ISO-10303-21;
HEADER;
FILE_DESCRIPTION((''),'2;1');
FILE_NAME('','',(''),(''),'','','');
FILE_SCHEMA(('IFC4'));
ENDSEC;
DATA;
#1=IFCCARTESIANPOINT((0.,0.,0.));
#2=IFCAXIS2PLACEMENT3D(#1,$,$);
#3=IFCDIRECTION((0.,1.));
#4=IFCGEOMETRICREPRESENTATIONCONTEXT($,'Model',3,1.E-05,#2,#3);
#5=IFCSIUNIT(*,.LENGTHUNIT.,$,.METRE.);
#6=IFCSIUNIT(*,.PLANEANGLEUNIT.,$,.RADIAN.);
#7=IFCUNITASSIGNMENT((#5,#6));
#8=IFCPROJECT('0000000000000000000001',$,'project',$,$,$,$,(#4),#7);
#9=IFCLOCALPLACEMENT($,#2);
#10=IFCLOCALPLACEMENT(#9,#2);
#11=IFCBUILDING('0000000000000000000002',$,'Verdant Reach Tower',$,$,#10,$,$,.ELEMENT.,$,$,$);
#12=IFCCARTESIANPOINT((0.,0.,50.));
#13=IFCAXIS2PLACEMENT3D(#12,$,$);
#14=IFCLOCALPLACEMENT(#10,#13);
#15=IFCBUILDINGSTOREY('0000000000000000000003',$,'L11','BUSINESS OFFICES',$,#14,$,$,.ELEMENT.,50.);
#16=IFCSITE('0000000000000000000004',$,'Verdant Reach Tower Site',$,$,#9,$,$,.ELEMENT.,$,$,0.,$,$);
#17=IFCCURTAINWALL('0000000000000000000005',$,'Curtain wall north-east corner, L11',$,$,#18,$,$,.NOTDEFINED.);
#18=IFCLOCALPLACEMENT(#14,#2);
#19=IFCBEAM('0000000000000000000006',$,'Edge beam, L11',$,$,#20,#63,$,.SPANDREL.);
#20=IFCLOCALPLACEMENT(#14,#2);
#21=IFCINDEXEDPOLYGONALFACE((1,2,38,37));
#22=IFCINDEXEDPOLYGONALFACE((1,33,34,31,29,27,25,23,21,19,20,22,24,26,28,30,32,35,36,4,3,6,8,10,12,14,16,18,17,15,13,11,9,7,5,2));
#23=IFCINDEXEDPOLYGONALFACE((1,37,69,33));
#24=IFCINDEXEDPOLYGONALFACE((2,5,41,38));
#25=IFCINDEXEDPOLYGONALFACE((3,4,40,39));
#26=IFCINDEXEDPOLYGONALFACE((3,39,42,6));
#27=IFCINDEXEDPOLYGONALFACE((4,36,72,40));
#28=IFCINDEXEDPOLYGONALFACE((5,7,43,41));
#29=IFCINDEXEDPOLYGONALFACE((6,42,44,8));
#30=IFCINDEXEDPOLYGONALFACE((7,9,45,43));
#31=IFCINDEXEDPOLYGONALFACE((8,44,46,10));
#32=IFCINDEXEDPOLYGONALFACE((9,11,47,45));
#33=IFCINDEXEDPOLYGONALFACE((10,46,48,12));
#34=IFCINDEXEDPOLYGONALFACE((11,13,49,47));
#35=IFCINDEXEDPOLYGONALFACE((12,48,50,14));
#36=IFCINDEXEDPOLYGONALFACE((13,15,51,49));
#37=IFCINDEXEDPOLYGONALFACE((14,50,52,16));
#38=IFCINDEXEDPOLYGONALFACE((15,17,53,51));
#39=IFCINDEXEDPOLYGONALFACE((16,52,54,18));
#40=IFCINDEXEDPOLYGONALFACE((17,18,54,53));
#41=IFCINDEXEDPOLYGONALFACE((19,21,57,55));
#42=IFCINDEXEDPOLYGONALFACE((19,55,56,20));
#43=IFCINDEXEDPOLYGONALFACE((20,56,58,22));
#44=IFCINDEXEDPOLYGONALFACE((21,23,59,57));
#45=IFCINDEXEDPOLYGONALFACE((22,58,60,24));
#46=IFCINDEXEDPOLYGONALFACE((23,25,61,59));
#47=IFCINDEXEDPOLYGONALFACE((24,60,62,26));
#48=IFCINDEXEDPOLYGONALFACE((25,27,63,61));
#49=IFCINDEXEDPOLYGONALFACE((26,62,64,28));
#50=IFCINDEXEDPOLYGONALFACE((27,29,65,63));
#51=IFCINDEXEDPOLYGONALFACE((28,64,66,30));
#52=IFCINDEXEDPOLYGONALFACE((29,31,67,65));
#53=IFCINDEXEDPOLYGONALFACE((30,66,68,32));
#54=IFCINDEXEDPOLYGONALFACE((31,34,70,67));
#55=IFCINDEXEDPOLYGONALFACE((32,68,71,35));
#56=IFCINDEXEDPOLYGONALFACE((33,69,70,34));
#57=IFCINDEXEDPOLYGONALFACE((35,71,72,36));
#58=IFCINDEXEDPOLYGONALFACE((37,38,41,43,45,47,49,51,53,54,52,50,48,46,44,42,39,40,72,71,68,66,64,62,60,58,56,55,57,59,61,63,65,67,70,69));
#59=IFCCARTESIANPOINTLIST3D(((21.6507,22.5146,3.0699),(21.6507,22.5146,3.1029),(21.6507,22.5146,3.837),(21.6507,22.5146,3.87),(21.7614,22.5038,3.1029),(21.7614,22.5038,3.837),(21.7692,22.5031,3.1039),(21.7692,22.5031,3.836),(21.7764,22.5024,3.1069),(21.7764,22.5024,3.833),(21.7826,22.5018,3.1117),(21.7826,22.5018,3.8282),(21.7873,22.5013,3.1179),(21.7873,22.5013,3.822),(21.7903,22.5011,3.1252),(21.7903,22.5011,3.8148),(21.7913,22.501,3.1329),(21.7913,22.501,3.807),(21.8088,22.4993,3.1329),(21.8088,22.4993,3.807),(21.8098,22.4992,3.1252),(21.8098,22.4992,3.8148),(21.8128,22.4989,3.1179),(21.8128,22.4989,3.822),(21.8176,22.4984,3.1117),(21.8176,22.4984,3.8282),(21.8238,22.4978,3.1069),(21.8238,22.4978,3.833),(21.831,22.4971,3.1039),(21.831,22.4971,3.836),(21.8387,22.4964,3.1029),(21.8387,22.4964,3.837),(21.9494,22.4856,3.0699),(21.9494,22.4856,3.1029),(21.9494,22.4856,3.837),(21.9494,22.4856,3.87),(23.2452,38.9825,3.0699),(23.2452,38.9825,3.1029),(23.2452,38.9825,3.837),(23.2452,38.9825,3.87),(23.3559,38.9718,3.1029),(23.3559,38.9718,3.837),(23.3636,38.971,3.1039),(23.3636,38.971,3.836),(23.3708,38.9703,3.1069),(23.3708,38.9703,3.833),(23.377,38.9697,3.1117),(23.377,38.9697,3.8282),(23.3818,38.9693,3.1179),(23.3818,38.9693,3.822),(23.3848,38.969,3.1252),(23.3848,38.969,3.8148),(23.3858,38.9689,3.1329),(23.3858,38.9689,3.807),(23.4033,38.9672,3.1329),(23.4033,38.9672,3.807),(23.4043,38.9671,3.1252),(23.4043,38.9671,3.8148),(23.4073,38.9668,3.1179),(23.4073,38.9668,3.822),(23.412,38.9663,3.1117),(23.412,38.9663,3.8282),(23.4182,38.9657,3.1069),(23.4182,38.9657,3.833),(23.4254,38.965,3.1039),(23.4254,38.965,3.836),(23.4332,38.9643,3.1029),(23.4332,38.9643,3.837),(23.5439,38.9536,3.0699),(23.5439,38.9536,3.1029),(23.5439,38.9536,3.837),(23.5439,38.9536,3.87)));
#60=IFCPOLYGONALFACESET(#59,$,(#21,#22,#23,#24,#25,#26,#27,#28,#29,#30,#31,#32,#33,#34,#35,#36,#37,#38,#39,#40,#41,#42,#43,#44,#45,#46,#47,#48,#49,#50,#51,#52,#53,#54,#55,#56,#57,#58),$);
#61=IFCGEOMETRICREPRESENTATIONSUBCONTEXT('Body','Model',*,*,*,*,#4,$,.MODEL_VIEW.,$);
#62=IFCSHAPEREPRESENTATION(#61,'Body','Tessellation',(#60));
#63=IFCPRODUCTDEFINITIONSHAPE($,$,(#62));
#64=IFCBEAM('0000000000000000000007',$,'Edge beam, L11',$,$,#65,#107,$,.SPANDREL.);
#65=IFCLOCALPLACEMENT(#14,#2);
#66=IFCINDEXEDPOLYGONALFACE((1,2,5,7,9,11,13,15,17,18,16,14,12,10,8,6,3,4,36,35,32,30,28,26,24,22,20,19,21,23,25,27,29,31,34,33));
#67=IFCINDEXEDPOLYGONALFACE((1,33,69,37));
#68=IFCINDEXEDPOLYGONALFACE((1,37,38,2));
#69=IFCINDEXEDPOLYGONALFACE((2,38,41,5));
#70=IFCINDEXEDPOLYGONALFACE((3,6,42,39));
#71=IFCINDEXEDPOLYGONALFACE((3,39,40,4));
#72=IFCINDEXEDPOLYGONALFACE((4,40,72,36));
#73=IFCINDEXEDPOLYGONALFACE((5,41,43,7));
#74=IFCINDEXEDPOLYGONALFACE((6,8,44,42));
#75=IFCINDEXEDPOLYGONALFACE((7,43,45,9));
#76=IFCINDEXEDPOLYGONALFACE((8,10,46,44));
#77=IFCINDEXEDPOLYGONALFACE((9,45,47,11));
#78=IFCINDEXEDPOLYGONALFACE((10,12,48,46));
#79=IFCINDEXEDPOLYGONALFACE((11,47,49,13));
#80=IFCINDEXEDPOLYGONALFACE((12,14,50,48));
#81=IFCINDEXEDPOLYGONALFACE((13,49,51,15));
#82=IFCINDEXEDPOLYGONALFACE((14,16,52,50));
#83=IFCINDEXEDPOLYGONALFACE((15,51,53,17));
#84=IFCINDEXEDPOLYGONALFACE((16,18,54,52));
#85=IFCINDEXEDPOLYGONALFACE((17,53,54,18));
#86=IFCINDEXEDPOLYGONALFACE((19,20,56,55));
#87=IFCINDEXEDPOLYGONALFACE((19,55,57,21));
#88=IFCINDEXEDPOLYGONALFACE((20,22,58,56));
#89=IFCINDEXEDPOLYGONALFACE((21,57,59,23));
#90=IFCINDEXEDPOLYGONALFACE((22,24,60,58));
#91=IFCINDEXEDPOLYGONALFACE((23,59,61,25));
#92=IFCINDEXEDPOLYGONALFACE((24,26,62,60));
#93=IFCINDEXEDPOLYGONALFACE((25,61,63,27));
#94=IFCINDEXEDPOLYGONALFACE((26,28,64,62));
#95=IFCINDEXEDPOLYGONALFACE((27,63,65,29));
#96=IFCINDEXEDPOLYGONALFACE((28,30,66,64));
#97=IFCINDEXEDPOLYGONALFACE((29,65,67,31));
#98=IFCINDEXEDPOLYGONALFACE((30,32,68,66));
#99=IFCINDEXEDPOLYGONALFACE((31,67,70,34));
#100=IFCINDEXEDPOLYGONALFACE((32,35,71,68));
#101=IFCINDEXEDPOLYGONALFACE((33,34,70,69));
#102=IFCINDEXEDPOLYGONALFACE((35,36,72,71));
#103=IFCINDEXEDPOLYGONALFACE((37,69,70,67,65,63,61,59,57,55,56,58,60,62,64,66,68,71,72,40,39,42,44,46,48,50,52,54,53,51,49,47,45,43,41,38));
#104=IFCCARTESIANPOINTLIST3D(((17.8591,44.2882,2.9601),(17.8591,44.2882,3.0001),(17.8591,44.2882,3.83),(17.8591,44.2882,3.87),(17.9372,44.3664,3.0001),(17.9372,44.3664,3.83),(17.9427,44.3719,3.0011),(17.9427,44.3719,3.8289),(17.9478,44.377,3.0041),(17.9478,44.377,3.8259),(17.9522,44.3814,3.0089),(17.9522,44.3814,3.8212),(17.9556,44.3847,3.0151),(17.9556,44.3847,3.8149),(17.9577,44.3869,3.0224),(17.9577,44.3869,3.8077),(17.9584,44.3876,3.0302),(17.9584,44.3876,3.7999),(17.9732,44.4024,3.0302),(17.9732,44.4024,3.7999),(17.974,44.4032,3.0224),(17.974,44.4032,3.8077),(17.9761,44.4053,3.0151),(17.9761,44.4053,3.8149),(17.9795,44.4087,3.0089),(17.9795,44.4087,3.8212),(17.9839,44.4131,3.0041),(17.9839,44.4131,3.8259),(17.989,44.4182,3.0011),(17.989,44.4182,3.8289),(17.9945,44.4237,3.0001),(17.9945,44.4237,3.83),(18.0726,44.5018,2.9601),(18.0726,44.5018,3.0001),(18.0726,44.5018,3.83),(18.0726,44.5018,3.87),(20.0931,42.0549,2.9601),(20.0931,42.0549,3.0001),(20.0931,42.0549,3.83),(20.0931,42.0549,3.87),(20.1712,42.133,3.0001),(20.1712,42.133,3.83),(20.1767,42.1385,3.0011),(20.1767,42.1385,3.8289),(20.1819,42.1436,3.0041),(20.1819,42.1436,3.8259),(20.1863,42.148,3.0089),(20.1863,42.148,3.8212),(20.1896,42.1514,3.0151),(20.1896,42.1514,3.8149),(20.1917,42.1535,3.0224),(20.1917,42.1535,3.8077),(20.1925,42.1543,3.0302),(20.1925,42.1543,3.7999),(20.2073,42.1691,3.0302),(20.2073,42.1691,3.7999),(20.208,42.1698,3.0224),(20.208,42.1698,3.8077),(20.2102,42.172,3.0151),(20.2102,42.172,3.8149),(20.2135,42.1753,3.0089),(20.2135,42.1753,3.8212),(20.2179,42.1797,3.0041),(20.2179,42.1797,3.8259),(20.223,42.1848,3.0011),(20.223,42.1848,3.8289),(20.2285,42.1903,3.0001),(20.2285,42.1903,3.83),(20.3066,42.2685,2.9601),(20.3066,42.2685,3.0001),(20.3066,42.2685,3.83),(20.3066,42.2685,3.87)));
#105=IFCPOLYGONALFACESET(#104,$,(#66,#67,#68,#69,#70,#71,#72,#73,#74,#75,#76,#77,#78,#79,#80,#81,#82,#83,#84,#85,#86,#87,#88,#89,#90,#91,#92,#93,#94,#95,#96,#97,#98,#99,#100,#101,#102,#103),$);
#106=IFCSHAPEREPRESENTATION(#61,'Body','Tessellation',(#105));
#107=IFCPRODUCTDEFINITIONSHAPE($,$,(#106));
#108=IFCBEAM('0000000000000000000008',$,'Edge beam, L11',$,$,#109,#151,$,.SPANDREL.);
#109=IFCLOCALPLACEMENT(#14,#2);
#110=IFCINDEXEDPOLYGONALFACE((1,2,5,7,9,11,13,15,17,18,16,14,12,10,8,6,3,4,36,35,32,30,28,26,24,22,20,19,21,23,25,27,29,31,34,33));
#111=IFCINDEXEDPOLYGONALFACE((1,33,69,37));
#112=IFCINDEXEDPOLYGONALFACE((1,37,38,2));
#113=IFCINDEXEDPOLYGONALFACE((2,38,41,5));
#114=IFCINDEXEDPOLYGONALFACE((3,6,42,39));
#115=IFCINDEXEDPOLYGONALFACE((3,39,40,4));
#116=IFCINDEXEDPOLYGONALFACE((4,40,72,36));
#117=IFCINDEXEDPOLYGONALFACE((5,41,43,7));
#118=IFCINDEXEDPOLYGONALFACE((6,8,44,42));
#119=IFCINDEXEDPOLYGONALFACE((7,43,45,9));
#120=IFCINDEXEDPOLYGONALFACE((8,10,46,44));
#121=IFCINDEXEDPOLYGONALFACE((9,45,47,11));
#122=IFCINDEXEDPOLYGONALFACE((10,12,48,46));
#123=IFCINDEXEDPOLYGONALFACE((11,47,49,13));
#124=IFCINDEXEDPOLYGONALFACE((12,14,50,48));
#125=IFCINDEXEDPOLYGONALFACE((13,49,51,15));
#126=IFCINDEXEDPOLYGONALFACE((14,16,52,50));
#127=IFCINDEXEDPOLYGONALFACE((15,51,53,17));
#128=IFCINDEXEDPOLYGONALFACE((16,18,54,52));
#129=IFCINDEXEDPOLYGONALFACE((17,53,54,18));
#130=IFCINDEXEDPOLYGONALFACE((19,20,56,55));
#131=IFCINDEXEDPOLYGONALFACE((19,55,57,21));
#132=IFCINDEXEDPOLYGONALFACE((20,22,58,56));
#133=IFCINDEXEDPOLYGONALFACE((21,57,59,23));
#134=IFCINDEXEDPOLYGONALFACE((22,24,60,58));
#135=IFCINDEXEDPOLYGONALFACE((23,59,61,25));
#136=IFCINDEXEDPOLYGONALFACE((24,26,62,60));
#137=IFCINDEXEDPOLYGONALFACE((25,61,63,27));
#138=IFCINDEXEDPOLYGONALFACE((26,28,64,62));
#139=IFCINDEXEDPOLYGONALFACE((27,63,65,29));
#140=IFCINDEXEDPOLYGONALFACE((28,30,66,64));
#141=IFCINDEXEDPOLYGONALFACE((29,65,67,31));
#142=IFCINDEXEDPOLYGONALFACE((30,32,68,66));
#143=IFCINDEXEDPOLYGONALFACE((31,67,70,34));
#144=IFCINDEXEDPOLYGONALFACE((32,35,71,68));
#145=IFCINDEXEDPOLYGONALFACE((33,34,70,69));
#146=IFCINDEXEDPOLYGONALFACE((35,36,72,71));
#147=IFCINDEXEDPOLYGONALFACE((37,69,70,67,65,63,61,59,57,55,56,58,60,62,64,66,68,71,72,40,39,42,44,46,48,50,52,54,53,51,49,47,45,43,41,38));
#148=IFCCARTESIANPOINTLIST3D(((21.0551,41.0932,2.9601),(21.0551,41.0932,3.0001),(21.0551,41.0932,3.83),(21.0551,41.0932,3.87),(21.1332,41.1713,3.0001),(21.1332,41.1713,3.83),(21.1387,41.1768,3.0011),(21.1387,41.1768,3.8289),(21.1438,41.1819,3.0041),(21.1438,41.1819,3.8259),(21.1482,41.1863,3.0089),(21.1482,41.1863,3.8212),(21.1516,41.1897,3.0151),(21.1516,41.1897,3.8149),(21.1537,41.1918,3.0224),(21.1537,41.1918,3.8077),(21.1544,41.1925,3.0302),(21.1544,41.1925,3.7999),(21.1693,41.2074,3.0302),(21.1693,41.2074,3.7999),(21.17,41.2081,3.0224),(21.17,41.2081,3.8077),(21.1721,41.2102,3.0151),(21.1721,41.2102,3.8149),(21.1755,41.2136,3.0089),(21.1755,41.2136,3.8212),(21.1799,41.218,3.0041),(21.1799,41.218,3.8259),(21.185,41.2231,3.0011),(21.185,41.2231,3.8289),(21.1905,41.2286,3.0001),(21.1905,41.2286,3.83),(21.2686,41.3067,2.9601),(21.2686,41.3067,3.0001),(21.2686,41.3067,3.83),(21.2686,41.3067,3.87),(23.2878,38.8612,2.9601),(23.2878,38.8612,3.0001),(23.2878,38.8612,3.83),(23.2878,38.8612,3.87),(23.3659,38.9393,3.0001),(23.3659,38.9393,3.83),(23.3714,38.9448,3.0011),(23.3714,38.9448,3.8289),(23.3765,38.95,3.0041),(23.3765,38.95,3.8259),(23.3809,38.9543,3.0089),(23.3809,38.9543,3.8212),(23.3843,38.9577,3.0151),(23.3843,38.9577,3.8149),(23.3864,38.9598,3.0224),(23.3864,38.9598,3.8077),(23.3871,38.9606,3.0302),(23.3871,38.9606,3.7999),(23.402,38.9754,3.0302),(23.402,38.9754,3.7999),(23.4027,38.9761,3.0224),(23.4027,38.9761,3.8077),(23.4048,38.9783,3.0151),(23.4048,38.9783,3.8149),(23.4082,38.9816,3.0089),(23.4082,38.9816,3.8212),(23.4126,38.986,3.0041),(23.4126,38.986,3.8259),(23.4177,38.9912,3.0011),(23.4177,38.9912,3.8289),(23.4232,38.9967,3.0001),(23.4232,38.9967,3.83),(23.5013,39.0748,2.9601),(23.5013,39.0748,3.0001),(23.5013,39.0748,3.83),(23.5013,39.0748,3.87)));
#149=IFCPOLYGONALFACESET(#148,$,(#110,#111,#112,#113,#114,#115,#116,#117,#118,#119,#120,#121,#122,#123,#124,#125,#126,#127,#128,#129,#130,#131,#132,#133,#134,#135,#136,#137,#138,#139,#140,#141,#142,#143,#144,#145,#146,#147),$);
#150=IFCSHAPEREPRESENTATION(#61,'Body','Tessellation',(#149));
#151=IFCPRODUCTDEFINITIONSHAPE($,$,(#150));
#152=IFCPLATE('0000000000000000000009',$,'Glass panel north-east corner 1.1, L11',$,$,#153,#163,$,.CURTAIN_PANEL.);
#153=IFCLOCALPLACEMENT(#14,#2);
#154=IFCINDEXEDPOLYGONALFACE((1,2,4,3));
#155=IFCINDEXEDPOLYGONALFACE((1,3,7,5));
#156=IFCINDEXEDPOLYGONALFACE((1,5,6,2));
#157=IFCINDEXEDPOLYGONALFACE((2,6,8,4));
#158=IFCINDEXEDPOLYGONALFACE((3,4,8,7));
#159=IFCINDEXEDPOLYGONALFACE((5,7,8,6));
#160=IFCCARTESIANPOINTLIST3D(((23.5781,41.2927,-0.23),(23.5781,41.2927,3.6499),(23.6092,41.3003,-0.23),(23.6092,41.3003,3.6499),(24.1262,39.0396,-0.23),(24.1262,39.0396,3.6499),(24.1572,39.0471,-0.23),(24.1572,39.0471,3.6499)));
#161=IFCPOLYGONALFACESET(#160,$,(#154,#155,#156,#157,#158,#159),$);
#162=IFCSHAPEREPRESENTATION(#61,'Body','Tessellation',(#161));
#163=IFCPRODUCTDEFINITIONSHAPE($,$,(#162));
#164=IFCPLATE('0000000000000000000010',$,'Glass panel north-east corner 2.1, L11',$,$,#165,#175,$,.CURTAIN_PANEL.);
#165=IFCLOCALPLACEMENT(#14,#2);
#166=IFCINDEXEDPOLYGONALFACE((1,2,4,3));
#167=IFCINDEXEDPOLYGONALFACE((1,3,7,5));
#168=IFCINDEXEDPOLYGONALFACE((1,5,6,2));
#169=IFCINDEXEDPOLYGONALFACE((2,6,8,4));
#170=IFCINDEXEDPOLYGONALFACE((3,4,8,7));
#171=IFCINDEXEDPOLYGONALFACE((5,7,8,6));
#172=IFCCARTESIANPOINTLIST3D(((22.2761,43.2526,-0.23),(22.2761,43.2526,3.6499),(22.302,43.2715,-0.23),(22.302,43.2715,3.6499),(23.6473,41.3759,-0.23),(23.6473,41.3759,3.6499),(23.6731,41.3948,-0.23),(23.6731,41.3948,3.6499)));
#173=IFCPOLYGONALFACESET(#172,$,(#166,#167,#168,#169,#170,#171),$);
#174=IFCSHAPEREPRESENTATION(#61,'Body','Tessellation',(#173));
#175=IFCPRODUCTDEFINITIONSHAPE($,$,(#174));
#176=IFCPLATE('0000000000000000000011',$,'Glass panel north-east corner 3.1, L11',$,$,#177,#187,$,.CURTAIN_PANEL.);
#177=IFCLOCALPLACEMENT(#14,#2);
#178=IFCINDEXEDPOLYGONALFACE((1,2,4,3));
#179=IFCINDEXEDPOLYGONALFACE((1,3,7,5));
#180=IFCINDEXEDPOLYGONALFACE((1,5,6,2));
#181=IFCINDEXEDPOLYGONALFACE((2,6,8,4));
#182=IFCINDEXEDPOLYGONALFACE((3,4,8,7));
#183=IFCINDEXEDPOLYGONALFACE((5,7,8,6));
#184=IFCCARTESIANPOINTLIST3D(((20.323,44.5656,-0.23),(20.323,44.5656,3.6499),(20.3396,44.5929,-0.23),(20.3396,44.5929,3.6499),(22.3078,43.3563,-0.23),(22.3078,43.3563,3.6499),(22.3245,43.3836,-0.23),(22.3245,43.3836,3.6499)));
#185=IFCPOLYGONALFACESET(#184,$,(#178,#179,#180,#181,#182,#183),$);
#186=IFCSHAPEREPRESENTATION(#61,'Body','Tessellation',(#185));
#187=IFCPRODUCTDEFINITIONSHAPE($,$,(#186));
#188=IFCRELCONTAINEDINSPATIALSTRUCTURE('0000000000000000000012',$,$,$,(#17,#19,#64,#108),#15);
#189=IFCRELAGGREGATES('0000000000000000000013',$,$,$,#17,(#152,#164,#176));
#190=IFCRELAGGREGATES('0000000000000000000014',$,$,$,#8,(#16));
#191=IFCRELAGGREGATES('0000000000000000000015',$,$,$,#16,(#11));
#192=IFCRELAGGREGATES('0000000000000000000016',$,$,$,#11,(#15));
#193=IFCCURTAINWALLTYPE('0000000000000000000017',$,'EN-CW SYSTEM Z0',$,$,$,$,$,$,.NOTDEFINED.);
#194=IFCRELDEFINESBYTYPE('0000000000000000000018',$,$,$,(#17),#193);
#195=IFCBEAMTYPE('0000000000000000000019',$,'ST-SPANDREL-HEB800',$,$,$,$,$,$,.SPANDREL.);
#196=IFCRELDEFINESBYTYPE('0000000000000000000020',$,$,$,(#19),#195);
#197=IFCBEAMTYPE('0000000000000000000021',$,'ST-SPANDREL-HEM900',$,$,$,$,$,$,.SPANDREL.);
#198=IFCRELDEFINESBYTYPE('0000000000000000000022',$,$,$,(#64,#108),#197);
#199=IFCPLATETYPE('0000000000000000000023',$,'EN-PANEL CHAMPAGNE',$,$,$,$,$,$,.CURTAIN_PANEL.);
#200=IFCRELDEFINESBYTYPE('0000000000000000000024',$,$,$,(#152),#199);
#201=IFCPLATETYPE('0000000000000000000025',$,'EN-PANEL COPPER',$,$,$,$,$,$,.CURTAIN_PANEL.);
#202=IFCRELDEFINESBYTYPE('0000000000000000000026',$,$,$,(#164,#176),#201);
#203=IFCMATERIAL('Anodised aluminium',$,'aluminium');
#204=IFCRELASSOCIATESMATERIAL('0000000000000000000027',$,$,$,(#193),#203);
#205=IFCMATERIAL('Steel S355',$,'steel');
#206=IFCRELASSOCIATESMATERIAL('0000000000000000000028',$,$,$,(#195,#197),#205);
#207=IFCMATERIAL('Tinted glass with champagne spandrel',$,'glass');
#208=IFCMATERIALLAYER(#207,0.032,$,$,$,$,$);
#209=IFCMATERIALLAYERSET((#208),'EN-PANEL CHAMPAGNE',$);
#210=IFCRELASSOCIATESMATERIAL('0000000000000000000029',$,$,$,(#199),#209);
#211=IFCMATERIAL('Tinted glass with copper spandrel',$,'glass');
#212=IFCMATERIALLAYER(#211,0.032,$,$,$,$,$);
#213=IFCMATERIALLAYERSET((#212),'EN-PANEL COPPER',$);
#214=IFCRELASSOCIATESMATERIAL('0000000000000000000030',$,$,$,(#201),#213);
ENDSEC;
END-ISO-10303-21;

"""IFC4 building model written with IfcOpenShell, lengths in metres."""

from ifc_helpers import new_model, si_unit, direction, frame, origin, origin_2d, place, context, subcontext, project, spatial, rectangle, i_section, extrude, material, layer, layer_set, material_profile, profile_set, type_object, element, aggregate, save


model = new_model("IFC4")

# Units and contexts
model_context = context("Model", 3, precision=1e-05, world=origin(), true_north=direction((0.0, 1.0)))
body_context = subcontext(model_context, "Body", "Model", "MODEL_VIEW")
ifc_project = project(units=[si_unit("LENGTHUNIT", "METRE"), si_unit("PLANEANGLEUNIT", "RADIAN")], contexts=[model_context])

# Site, building, storey
site_placement = place(None, origin())
site = spatial("IfcSite", under=ifc_project, at=site_placement, Name="Verdant Reach Tower Site", CompositionType="ELEMENT", RefElevation=0.0)
building_placement = place(site_placement, origin())
building = spatial("IfcBuilding", under=site, at=building_placement, Name="Verdant Reach Tower", CompositionType="ELEMENT")
storey_placement = place(building_placement, frame((0.0, 0.0, 50.0)))
storey = spatial("IfcBuildingStorey", under=building, at=storey_placement, Name="L11", Description="BUSINESS OFFICES", CompositionType="ELEMENT", Elevation=50.0)

# Curtain wall
ifc_material_1 = material(Name="Anodised aluminium", Category="aluminium")
curtain_wall_type = type_object("IfcCurtainWallType", Name="EN-CW SYSTEM Z0", PredefinedType="NOTDEFINED", material=ifc_material_1)
curtain_wall_1_placement = place(storey_placement, origin())
curtain_wall_1 = element("IfcCurtainWall", 1, at=curtain_wall_1_placement, inside=storey, type_object=curtain_wall_type, Name="Curtain wall north-east corner, L11", PredefinedType="NOTDEFINED")

# Beams
ifc_material_2 = material(Name="Steel S355", Category="steel")
ifc_material_profile_1 = material_profile(ifc_material_2, i_section(OverallWidth=0.3, OverallDepth=0.8, WebThickness=0.0176, FlangeThickness=0.033, FilletRadius=0.03, at=origin_2d()), Name="HEB 800")
ifc_profile_set_1 = profile_set([ifc_material_profile_1], Name="Steel S355")
beam_type_1 = type_object("IfcBeamType", Name="ST-SPANDREL-HEB800", PredefinedType="SPANDREL", material=ifc_profile_set_1)
beam_1_placement = place(storey_placement, frame((23.3945, 38.968, 3.47), z_axis=(-0.096372, -0.995345, 0.0), x_axis=(0.995345, -0.096372, 0.0)))
element("IfcBeam", 2, at=beam_1_placement, inside=storey, type_object=beam_type_1, Name="Edge beam, L11", PredefinedType="SPANDREL", context=body_context, shape_type="SweptSolid", body=[
    extrude(i_section(OverallWidth=0.3, OverallDepth=0.8, WebThickness=0.0176, FlangeThickness=0.033, FilletRadius=0.03, at=origin_2d()), origin(), (0.0, 0.0, 1.0), 16.5449),
])
ifc_material_profile_2 = material_profile(ifc_material_2, i_section(OverallWidth=0.302, OverallDepth=0.9099, WebThickness=0.021, FlangeThickness=0.04, FilletRadius=0.03, at=origin_2d()), Name="HEM 900")
ifc_profile_set_2 = profile_set([ifc_material_profile_2], Name="Steel S355")
beam_type_2 = type_object("IfcBeamType", Name="ST-SPANDREL-HEM900", PredefinedType="SPANDREL", material=ifc_profile_set_2)
beam_2_placement = place(storey_placement, frame((17.9658, 44.395, 3.415), z_axis=(0.707223, -0.706991, 0.0), x_axis=(0.706991, 0.707223, 0.0)))
element("IfcBeam", 3, at=beam_2_placement, inside=storey, type_object=beam_type_2, Name="Edge beam, L11", PredefinedType="SPANDREL", context=body_context, shape_type="SweptSolid", body=[
    extrude(i_section(OverallWidth=0.302, OverallDepth=0.9099, WebThickness=0.021, FlangeThickness=0.04, FilletRadius=0.03, at=origin_2d()), origin(), (0.0, 0.0, 1.0), 3.1589),
])
beam_3_placement = place(storey_placement, frame((21.1619, 41.2, 3.415), z_axis=(0.707223, -0.706991, 0.0), x_axis=(0.706991, 0.707223, 0.0)))
element("IfcBeam", 4, at=beam_3_placement, inside=storey, type_object=beam_type_2, Name="Edge beam, L11", PredefinedType="SPANDREL", context=body_context, shape_type="SweptSolid", body=[
    extrude(i_section(OverallWidth=0.302, OverallDepth=0.9099, WebThickness=0.021, FlangeThickness=0.04, FilletRadius=0.03, at=origin_2d()), origin(), (0.0, 0.0, 1.0), 3.157),
])

# Plates
ifc_material_3 = material(Name="Tinted glass with champagne spandrel", Category="glass")
ifc_layer_1 = layer(ifc_material_3, 0.032)
ifc_layer_set_1 = layer_set([ifc_layer_1], Name="EN-PANEL CHAMPAGNE")
plate_type_1 = type_object("IfcPlateType", Name="EN-PANEL CHAMPAGNE", PredefinedType="CURTAIN_PANEL", material=ifc_layer_set_1)
plate_1_placement = place(storey_placement, frame((23.8677, 40.1699, -0.23), z_axis=(0.0, 0.0, 1.0), x_axis=(-0.236347, 0.971669, 0.0)))
plate_1 = element("IfcPlate", 5, at=plate_1_placement, type_object=plate_type_1, Name="Glass panel north-east corner 1.1, L11", PredefinedType="CURTAIN_PANEL", context=body_context, shape_type="SweptSolid", body=[
    extrude(rectangle(XDim=2.3188, YDim=0.032, at=origin_2d()), origin(), (0.0, 0.0, 1.0), 3.8799),
])
ifc_material_4 = material(Name="Tinted glass with copper spandrel", Category="glass")
ifc_layer_2 = layer(ifc_material_4, 0.032)
ifc_layer_set_2 = layer_set([ifc_layer_2], Name="EN-PANEL COPPER")
plate_type_2 = type_object("IfcPlateType", Name="EN-PANEL COPPER", PredefinedType="CURTAIN_PANEL", material=ifc_layer_set_2)
plate_2_placement = place(storey_placement, frame((22.9746, 42.3237, -0.23), z_axis=(0.0, 0.0, 1.0), x_axis=(-0.589927, 0.807457, 0.0)))
plate_2 = element("IfcPlate", 6, at=plate_2_placement, type_object=plate_type_2, Name="Glass panel north-east corner 2.1, L11", PredefinedType="CURTAIN_PANEL", context=body_context, shape_type="SweptSolid", body=[
    extrude(rectangle(XDim=2.3242, YDim=0.032, at=origin_2d()), origin(), (0.0, 0.0, 1.0), 3.8799),
])
plate_3_placement = place(storey_placement, frame((21.3237, 43.9746, -0.23), z_axis=(0.0, 0.0, 1.0), x_axis=(-0.853989, 0.520292, 0.0)))
plate_3 = element("IfcPlate", 7, at=plate_3_placement, type_object=plate_type_2, Name="Glass panel north-east corner 3.1, L11", PredefinedType="CURTAIN_PANEL", context=body_context, shape_type="SweptSolid", body=[
    extrude(rectangle(XDim=2.3242, YDim=0.032, at=origin_2d()), origin(), (0.0, 0.0, 1.0), 3.8799),
])

aggregate(curtain_wall_1, [plate_1, plate_2, plate_3])

save(model, "model.ifc")
